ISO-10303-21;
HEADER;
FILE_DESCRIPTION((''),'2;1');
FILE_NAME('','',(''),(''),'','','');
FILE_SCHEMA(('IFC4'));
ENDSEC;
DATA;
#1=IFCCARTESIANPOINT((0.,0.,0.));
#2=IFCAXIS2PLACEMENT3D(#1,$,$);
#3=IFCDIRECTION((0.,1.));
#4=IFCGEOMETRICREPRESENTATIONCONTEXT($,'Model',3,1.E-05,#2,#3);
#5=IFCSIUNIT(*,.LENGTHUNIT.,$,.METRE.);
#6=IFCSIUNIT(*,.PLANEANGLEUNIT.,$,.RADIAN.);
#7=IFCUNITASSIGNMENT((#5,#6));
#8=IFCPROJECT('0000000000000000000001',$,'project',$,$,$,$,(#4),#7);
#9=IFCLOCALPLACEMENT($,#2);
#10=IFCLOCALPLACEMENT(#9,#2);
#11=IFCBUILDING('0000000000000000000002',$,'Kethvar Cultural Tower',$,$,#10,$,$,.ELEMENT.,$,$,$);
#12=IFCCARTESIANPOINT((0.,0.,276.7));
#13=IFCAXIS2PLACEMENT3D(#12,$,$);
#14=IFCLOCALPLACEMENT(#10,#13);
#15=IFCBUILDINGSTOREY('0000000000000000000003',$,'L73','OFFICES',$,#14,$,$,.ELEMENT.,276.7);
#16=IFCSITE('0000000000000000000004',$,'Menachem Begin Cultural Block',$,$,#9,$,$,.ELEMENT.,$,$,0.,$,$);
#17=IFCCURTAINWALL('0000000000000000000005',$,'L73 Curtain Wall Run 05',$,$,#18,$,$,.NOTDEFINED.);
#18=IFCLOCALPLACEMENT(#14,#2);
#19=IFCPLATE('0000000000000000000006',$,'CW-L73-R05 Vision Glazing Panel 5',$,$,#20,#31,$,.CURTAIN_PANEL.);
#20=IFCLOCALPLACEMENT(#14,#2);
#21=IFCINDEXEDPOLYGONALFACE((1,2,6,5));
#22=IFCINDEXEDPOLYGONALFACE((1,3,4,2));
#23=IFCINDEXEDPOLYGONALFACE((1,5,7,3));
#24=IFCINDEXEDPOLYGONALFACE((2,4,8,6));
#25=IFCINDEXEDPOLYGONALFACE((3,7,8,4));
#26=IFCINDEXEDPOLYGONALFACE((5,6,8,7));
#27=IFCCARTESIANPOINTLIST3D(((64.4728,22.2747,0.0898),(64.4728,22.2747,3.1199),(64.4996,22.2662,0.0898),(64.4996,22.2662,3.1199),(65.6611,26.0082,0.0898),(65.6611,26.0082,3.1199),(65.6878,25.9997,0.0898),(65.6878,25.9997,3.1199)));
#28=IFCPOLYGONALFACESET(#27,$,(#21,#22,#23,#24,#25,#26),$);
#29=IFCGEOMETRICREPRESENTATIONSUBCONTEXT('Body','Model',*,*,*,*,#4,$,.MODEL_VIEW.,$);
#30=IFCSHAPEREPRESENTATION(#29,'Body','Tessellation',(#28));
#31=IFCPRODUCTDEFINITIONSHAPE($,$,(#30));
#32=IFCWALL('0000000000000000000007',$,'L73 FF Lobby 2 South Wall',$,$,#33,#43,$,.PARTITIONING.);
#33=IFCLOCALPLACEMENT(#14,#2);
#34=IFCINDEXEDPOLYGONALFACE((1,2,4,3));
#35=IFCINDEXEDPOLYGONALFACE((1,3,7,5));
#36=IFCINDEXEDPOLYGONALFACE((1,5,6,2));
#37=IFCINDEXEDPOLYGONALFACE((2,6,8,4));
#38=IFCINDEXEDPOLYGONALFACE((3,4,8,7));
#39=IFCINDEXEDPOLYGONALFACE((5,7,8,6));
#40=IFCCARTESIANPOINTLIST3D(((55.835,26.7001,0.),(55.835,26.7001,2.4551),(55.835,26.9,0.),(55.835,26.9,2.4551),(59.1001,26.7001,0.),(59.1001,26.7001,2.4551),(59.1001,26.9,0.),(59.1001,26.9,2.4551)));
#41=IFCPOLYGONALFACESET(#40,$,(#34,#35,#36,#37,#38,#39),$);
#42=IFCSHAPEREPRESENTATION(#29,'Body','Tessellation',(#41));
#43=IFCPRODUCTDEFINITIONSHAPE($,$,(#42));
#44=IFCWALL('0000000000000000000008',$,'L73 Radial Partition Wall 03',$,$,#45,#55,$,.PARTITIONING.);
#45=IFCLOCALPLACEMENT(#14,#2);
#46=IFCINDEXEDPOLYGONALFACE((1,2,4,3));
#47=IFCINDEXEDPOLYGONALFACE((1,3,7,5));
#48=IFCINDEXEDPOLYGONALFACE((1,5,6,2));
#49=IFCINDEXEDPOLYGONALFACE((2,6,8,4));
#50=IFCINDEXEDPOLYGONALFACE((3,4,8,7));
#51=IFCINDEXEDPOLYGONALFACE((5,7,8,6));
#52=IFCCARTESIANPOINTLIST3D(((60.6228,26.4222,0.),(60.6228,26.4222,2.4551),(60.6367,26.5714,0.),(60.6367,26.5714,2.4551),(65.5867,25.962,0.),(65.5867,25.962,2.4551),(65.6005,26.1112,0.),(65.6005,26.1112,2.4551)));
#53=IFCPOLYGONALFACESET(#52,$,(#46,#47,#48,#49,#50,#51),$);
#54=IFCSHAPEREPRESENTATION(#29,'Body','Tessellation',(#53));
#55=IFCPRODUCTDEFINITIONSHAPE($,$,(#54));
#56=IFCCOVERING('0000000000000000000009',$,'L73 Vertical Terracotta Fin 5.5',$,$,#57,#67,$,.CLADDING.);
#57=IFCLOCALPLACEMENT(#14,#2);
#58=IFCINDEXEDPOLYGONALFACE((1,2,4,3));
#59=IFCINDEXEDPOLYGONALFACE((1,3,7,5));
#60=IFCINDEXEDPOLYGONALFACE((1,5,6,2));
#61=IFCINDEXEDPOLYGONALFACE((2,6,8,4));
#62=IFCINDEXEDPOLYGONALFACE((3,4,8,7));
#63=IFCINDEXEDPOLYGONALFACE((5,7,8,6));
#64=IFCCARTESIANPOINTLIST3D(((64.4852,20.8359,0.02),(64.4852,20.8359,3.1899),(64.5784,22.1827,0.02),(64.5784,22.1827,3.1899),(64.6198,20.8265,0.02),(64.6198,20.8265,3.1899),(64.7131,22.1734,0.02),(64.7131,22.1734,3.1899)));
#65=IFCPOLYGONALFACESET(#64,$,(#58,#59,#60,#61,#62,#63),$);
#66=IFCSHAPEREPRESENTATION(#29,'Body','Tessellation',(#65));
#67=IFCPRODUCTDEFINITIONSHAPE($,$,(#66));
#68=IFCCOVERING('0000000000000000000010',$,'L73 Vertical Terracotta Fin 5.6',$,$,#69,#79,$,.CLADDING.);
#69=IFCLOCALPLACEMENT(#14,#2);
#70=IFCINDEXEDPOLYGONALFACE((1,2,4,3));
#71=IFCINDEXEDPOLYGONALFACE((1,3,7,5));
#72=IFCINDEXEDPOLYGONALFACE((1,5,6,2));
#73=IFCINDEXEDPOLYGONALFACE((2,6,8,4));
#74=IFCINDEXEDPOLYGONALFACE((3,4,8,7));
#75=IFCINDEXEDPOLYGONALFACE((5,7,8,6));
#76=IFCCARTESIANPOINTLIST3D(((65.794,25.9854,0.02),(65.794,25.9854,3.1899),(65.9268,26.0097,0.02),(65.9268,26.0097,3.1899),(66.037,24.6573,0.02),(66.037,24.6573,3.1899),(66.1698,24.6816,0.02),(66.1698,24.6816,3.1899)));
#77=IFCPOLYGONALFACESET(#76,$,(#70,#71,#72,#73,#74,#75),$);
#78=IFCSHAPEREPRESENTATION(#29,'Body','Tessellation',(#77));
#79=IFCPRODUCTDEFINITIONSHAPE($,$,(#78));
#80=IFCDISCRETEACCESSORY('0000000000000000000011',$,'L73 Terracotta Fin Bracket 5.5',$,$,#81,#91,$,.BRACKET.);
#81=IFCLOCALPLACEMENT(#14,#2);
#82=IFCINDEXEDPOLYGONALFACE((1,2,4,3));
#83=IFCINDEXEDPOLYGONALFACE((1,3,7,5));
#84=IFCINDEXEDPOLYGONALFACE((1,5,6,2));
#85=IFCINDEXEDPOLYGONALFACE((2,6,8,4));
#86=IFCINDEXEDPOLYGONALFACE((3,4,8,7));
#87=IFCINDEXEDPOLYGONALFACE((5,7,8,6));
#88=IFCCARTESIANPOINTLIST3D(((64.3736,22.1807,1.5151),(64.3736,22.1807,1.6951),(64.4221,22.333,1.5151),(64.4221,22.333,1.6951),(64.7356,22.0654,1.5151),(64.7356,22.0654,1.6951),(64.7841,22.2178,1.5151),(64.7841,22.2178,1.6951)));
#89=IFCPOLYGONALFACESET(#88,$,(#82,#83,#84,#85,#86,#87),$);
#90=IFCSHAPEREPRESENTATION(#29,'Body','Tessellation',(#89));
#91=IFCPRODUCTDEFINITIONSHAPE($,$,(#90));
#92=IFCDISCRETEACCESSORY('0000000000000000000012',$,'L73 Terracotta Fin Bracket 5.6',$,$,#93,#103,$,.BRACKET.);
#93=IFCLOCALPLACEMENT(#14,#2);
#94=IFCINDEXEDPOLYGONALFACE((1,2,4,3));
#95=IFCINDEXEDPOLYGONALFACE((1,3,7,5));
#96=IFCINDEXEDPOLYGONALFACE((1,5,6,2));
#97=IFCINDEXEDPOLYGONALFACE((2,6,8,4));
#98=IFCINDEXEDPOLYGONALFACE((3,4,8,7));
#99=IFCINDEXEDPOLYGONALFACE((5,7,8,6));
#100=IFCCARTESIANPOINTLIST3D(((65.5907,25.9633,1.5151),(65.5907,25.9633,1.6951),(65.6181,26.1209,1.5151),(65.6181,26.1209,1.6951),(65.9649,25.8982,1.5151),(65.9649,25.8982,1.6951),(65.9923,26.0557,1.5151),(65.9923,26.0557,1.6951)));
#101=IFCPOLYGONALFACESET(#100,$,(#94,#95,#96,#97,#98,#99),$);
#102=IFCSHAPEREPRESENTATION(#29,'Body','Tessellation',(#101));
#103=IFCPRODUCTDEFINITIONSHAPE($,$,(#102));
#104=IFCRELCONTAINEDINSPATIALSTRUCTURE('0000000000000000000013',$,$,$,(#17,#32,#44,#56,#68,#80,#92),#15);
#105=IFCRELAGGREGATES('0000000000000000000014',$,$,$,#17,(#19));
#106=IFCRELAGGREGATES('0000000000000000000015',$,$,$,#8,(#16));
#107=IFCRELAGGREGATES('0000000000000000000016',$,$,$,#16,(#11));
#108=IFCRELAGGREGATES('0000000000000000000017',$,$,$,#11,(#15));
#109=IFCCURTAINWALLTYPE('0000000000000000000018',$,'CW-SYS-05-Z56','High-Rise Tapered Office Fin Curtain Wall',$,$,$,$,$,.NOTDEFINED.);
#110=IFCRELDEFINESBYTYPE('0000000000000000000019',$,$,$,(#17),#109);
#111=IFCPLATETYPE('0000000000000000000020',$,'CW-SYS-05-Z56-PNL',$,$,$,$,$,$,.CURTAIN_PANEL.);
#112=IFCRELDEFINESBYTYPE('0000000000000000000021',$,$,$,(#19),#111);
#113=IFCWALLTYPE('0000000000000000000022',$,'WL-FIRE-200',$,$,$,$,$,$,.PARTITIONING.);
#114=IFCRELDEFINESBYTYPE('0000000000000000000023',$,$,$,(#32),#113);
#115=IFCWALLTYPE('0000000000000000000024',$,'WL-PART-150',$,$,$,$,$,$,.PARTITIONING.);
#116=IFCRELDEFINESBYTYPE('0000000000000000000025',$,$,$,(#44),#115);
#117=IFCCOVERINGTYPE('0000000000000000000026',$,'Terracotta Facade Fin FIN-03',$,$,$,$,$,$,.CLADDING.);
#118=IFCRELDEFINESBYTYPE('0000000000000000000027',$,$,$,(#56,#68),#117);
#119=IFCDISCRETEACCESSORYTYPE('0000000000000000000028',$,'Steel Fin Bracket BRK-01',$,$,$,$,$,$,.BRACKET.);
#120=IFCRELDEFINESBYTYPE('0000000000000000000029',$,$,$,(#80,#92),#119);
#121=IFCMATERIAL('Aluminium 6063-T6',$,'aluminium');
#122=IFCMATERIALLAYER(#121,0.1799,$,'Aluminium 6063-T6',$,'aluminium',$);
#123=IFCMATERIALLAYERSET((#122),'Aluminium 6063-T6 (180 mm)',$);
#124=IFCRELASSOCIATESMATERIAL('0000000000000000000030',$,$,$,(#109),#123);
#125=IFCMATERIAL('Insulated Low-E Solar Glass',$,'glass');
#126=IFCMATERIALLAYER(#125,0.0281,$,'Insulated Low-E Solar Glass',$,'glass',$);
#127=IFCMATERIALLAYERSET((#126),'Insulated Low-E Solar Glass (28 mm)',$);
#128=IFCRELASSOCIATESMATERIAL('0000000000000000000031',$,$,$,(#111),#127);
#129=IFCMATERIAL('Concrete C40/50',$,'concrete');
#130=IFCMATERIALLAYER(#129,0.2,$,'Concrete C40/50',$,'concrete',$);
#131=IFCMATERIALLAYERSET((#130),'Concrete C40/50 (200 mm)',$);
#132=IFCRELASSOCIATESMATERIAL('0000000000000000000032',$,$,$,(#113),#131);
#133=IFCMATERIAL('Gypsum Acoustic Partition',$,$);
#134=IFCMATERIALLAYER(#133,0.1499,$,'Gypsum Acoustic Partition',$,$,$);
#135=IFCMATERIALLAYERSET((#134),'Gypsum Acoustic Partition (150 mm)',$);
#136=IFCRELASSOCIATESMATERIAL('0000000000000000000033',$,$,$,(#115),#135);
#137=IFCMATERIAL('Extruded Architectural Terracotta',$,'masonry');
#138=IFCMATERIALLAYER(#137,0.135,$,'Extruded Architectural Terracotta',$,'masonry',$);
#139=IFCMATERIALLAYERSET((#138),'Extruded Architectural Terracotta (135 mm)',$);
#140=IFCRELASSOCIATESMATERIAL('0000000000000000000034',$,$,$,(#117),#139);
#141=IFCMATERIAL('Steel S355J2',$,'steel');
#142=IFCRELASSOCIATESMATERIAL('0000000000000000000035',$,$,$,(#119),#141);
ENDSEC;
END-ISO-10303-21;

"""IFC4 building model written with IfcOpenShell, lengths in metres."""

from ifc_helpers import new_model, si_unit, direction, frame, frame_2d, origin, origin_2d, place, context, subcontext, project, spatial, rectangle, extrude, source, transform, mapped, material, layer, layer_set, type_object, element, aggregate, save


model = new_model("IFC4")

# Units and contexts
model_context = context("Model", 3, precision=1e-05, world=origin(), true_north=direction((0.0, 1.0)))
body_context = subcontext(model_context, "Body", "Model", "MODEL_VIEW")
ifc_project = project(units=[si_unit("LENGTHUNIT", "METRE"), si_unit("PLANEANGLEUNIT", "RADIAN")], contexts=[model_context])

# Site, building, storey
site_placement = place(None, origin())
site = spatial("IfcSite", under=ifc_project, at=site_placement, Name="Menachem Begin Cultural Block", CompositionType="ELEMENT", RefElevation=0.0)
building_placement = place(site_placement, origin())
building = spatial("IfcBuilding", under=site, at=building_placement, Name="Kethvar Cultural Tower", CompositionType="ELEMENT")
storey_placement = place(building_placement, frame((0.0, 0.0, 276.7)))
storey = spatial("IfcBuildingStorey", under=building, at=storey_placement, Name="L73", Description="OFFICES", CompositionType="ELEMENT", Elevation=276.7)

# Shared definitions
ifc_material_1 = material(Name="Steel S355J2", Category="steel")

# Curtain wall, plate
ifc_material_2 = material(Name="Aluminium 6063-T6", Category="aluminium")
ifc_layer_1 = layer(ifc_material_2, 0.1799, Name="Aluminium 6063-T6", Category="aluminium")
ifc_layer_set_1 = layer_set([ifc_layer_1], Name="Aluminium 6063-T6 (180 mm)")
curtain_wall_type = type_object("IfcCurtainWallType", Name="CW-SYS-05-Z56", Description="High-Rise Tapered Office Fin Curtain Wall", PredefinedType="NOTDEFINED", material=ifc_layer_set_1)
curtain_wall_placement = place(storey_placement, origin())
curtain_wall = element("IfcCurtainWall", 1, at=curtain_wall_placement, inside=storey, type_object=curtain_wall_type, Name="L73 Curtain Wall Run 05", PredefinedType="NOTDEFINED")
ifc_material_3 = material(Name="Insulated Low-E Solar Glass", Category="glass")
ifc_layer_2 = layer(ifc_material_3, 0.0281, Name="Insulated Low-E Solar Glass", Category="glass")
ifc_layer_set_2 = layer_set([ifc_layer_2], Name="Insulated Low-E Solar Glass (28 mm)")
plate_type = type_object("IfcPlateType", Name="CW-SYS-05-Z56-PNL", PredefinedType="CURTAIN_PANEL", material=ifc_layer_set_2)
shared_shape_1 = source(origin(), body_context, "Body", "SweptSolid", [
    extrude(rectangle(XDim=3.918, YDim=0.0281, at=origin_2d()), origin(), (0.0, 0.0, 1.0), 3.03),
])
plate_1_placement = place(storey_placement, frame((65.0803, 24.1372, 0.0898), z_axis=(0.0, 0.0, 1.0), x_axis=(0.303285, 0.9529, 0.0)))
plate_1 = element("IfcPlate", 2, at=plate_1_placement, type_object=plate_type, Name="CW-L73-R05 Vision Glazing Panel 5", PredefinedType="CURTAIN_PANEL", context=body_context, shape_type="MappedRepresentation", body=[
    mapped(shared_shape_1, transform((0.0, 0.0, 0.0), scale=1.0)),
])
aggregate(curtain_wall, [plate_1])

# Shared definitions
ifc_material_4 = material(Name="Concrete C40/50", Category="concrete")
ifc_layer_3 = layer(ifc_material_4, 0.2, Name="Concrete C40/50", Category="concrete")
ifc_layer_set_3 = layer_set([ifc_layer_3], Name="Concrete C40/50 (200 mm)")
wall_type_1 = type_object("IfcWallType", Name="WL-FIRE-200", PredefinedType="PARTITIONING", material=ifc_layer_set_3)

# Walls
wall_1_placement = place(storey_placement, frame((55.835, 26.8, 0.0), z_axis=(0.0, 0.0, 1.0), x_axis=(1.0, 0.0, 0.0)))
element("IfcWall", 3, at=wall_1_placement, inside=storey, type_object=wall_type_1, Name="L73 FF Lobby 2 South Wall", PredefinedType="PARTITIONING", context=body_context, shape_type="SweptSolid", body=[
    extrude(rectangle(XDim=3.2651, YDim=0.2, at=frame_2d((1.6326, 0.0))), origin(), (0.0, 0.0, 1.0), 2.4551),
])
ifc_material_5 = material(Name="Gypsum Acoustic Partition")
ifc_layer_4 = layer(ifc_material_5, 0.1499, Name="Gypsum Acoustic Partition")
ifc_layer_set_4 = layer_set([ifc_layer_4], Name="Gypsum Acoustic Partition (150 mm)")
wall_type_2 = type_object("IfcWallType", Name="WL-PART-150", PredefinedType="PARTITIONING", material=ifc_layer_set_4)
wall_2_placement = place(storey_placement, frame((60.6296, 26.4968, 0.0), z_axis=(0.0, 0.0, 1.0), x_axis=(0.99573, -0.092315, 0.0)))
element("IfcWall", 4, at=wall_2_placement, inside=storey, type_object=wall_type_2, Name="L73 Radial Partition Wall 03", PredefinedType="PARTITIONING", context=body_context, shape_type="SweptSolid", body=[
    extrude(rectangle(XDim=4.9851, YDim=0.1499, at=frame_2d((2.4927, 0.0))), origin(), (0.0, 0.0, 1.0), 2.4551),
])

# Coverings
ifc_material_6 = material(Name="Extruded Architectural Terracotta", Category="masonry")
ifc_layer_5 = layer(ifc_material_6, 0.135, Name="Extruded Architectural Terracotta", Category="masonry")
ifc_layer_set_5 = layer_set([ifc_layer_5], Name="Extruded Architectural Terracotta (135 mm)")
covering_type = type_object("IfcCoveringType", Name="Terracotta Facade Fin FIN-03", PredefinedType="CLADDING", material=ifc_layer_set_5)
shared_shape_2 = source(origin(), body_context, "Body", "SweptSolid", [
    extrude(rectangle(XDim=1.3501, YDim=0.135, at=origin_2d()), origin(), (0.0, 0.0, 1.0), 3.1699),
])
for number, where, z_axis, x_axis, name in (
    (5, (64.5991, 21.5046, 0.02), (0.0, 0.0, 1.0), (-0.06906, -0.997613, 0.0), "L73 Vertical Terracotta Fin 5.5"),
    (6, (65.9819, 25.3335, 0.02), (0.0, 0.0, 1.0), (0.180004, -0.983666, 0.0), "L73 Vertical Terracotta Fin 5.6"),
):
    element("IfcCovering", number, at=place(storey_placement, frame(where, z_axis=z_axis, x_axis=x_axis)), inside=storey, type_object=covering_type, Name=name, PredefinedType="CLADDING", context=body_context, shape_type="MappedRepresentation", body=[
        mapped(shared_shape_2, transform((0.0, 0.0, 0.0), scale=1.0)),
    ])

# Discrete accessories
discrete_accessory_type = type_object("IfcDiscreteAccessoryType", Name="Steel Fin Bracket BRK-01", PredefinedType="BRACKET", material=ifc_material_1)
shared_shape_3 = source(origin(), body_context, "Body", "SweptSolid", [
    extrude(rectangle(XDim=0.3799, YDim=0.1599, at=origin_2d()), origin(), (0.0, 0.0, 1.0), 0.1799),
])
for number, where, z_axis, x_axis, name in (
    (7, (64.5789, 22.1992, 1.5151), (0.0, 0.0, 1.0), (0.952874, -0.303368, 0.0), "L73 Terracotta Fin Bracket 5.5"),
    (8, (65.7915, 26.0095, 1.5151), (0.0, 0.0, 1.0), (0.985169, -0.171585, 0.0), "L73 Terracotta Fin Bracket 5.6"),
):
    element("IfcDiscreteAccessory", number, at=place(storey_placement, frame(where, z_axis=z_axis, x_axis=x_axis)), inside=storey, type_object=discrete_accessory_type, Name=name, PredefinedType="BRACKET", context=body_context, shape_type="MappedRepresentation", body=[
        mapped(shared_shape_3, transform((0.0, 0.0, 0.0), scale=1.0)),
    ])

save(model, "model.ifc")
